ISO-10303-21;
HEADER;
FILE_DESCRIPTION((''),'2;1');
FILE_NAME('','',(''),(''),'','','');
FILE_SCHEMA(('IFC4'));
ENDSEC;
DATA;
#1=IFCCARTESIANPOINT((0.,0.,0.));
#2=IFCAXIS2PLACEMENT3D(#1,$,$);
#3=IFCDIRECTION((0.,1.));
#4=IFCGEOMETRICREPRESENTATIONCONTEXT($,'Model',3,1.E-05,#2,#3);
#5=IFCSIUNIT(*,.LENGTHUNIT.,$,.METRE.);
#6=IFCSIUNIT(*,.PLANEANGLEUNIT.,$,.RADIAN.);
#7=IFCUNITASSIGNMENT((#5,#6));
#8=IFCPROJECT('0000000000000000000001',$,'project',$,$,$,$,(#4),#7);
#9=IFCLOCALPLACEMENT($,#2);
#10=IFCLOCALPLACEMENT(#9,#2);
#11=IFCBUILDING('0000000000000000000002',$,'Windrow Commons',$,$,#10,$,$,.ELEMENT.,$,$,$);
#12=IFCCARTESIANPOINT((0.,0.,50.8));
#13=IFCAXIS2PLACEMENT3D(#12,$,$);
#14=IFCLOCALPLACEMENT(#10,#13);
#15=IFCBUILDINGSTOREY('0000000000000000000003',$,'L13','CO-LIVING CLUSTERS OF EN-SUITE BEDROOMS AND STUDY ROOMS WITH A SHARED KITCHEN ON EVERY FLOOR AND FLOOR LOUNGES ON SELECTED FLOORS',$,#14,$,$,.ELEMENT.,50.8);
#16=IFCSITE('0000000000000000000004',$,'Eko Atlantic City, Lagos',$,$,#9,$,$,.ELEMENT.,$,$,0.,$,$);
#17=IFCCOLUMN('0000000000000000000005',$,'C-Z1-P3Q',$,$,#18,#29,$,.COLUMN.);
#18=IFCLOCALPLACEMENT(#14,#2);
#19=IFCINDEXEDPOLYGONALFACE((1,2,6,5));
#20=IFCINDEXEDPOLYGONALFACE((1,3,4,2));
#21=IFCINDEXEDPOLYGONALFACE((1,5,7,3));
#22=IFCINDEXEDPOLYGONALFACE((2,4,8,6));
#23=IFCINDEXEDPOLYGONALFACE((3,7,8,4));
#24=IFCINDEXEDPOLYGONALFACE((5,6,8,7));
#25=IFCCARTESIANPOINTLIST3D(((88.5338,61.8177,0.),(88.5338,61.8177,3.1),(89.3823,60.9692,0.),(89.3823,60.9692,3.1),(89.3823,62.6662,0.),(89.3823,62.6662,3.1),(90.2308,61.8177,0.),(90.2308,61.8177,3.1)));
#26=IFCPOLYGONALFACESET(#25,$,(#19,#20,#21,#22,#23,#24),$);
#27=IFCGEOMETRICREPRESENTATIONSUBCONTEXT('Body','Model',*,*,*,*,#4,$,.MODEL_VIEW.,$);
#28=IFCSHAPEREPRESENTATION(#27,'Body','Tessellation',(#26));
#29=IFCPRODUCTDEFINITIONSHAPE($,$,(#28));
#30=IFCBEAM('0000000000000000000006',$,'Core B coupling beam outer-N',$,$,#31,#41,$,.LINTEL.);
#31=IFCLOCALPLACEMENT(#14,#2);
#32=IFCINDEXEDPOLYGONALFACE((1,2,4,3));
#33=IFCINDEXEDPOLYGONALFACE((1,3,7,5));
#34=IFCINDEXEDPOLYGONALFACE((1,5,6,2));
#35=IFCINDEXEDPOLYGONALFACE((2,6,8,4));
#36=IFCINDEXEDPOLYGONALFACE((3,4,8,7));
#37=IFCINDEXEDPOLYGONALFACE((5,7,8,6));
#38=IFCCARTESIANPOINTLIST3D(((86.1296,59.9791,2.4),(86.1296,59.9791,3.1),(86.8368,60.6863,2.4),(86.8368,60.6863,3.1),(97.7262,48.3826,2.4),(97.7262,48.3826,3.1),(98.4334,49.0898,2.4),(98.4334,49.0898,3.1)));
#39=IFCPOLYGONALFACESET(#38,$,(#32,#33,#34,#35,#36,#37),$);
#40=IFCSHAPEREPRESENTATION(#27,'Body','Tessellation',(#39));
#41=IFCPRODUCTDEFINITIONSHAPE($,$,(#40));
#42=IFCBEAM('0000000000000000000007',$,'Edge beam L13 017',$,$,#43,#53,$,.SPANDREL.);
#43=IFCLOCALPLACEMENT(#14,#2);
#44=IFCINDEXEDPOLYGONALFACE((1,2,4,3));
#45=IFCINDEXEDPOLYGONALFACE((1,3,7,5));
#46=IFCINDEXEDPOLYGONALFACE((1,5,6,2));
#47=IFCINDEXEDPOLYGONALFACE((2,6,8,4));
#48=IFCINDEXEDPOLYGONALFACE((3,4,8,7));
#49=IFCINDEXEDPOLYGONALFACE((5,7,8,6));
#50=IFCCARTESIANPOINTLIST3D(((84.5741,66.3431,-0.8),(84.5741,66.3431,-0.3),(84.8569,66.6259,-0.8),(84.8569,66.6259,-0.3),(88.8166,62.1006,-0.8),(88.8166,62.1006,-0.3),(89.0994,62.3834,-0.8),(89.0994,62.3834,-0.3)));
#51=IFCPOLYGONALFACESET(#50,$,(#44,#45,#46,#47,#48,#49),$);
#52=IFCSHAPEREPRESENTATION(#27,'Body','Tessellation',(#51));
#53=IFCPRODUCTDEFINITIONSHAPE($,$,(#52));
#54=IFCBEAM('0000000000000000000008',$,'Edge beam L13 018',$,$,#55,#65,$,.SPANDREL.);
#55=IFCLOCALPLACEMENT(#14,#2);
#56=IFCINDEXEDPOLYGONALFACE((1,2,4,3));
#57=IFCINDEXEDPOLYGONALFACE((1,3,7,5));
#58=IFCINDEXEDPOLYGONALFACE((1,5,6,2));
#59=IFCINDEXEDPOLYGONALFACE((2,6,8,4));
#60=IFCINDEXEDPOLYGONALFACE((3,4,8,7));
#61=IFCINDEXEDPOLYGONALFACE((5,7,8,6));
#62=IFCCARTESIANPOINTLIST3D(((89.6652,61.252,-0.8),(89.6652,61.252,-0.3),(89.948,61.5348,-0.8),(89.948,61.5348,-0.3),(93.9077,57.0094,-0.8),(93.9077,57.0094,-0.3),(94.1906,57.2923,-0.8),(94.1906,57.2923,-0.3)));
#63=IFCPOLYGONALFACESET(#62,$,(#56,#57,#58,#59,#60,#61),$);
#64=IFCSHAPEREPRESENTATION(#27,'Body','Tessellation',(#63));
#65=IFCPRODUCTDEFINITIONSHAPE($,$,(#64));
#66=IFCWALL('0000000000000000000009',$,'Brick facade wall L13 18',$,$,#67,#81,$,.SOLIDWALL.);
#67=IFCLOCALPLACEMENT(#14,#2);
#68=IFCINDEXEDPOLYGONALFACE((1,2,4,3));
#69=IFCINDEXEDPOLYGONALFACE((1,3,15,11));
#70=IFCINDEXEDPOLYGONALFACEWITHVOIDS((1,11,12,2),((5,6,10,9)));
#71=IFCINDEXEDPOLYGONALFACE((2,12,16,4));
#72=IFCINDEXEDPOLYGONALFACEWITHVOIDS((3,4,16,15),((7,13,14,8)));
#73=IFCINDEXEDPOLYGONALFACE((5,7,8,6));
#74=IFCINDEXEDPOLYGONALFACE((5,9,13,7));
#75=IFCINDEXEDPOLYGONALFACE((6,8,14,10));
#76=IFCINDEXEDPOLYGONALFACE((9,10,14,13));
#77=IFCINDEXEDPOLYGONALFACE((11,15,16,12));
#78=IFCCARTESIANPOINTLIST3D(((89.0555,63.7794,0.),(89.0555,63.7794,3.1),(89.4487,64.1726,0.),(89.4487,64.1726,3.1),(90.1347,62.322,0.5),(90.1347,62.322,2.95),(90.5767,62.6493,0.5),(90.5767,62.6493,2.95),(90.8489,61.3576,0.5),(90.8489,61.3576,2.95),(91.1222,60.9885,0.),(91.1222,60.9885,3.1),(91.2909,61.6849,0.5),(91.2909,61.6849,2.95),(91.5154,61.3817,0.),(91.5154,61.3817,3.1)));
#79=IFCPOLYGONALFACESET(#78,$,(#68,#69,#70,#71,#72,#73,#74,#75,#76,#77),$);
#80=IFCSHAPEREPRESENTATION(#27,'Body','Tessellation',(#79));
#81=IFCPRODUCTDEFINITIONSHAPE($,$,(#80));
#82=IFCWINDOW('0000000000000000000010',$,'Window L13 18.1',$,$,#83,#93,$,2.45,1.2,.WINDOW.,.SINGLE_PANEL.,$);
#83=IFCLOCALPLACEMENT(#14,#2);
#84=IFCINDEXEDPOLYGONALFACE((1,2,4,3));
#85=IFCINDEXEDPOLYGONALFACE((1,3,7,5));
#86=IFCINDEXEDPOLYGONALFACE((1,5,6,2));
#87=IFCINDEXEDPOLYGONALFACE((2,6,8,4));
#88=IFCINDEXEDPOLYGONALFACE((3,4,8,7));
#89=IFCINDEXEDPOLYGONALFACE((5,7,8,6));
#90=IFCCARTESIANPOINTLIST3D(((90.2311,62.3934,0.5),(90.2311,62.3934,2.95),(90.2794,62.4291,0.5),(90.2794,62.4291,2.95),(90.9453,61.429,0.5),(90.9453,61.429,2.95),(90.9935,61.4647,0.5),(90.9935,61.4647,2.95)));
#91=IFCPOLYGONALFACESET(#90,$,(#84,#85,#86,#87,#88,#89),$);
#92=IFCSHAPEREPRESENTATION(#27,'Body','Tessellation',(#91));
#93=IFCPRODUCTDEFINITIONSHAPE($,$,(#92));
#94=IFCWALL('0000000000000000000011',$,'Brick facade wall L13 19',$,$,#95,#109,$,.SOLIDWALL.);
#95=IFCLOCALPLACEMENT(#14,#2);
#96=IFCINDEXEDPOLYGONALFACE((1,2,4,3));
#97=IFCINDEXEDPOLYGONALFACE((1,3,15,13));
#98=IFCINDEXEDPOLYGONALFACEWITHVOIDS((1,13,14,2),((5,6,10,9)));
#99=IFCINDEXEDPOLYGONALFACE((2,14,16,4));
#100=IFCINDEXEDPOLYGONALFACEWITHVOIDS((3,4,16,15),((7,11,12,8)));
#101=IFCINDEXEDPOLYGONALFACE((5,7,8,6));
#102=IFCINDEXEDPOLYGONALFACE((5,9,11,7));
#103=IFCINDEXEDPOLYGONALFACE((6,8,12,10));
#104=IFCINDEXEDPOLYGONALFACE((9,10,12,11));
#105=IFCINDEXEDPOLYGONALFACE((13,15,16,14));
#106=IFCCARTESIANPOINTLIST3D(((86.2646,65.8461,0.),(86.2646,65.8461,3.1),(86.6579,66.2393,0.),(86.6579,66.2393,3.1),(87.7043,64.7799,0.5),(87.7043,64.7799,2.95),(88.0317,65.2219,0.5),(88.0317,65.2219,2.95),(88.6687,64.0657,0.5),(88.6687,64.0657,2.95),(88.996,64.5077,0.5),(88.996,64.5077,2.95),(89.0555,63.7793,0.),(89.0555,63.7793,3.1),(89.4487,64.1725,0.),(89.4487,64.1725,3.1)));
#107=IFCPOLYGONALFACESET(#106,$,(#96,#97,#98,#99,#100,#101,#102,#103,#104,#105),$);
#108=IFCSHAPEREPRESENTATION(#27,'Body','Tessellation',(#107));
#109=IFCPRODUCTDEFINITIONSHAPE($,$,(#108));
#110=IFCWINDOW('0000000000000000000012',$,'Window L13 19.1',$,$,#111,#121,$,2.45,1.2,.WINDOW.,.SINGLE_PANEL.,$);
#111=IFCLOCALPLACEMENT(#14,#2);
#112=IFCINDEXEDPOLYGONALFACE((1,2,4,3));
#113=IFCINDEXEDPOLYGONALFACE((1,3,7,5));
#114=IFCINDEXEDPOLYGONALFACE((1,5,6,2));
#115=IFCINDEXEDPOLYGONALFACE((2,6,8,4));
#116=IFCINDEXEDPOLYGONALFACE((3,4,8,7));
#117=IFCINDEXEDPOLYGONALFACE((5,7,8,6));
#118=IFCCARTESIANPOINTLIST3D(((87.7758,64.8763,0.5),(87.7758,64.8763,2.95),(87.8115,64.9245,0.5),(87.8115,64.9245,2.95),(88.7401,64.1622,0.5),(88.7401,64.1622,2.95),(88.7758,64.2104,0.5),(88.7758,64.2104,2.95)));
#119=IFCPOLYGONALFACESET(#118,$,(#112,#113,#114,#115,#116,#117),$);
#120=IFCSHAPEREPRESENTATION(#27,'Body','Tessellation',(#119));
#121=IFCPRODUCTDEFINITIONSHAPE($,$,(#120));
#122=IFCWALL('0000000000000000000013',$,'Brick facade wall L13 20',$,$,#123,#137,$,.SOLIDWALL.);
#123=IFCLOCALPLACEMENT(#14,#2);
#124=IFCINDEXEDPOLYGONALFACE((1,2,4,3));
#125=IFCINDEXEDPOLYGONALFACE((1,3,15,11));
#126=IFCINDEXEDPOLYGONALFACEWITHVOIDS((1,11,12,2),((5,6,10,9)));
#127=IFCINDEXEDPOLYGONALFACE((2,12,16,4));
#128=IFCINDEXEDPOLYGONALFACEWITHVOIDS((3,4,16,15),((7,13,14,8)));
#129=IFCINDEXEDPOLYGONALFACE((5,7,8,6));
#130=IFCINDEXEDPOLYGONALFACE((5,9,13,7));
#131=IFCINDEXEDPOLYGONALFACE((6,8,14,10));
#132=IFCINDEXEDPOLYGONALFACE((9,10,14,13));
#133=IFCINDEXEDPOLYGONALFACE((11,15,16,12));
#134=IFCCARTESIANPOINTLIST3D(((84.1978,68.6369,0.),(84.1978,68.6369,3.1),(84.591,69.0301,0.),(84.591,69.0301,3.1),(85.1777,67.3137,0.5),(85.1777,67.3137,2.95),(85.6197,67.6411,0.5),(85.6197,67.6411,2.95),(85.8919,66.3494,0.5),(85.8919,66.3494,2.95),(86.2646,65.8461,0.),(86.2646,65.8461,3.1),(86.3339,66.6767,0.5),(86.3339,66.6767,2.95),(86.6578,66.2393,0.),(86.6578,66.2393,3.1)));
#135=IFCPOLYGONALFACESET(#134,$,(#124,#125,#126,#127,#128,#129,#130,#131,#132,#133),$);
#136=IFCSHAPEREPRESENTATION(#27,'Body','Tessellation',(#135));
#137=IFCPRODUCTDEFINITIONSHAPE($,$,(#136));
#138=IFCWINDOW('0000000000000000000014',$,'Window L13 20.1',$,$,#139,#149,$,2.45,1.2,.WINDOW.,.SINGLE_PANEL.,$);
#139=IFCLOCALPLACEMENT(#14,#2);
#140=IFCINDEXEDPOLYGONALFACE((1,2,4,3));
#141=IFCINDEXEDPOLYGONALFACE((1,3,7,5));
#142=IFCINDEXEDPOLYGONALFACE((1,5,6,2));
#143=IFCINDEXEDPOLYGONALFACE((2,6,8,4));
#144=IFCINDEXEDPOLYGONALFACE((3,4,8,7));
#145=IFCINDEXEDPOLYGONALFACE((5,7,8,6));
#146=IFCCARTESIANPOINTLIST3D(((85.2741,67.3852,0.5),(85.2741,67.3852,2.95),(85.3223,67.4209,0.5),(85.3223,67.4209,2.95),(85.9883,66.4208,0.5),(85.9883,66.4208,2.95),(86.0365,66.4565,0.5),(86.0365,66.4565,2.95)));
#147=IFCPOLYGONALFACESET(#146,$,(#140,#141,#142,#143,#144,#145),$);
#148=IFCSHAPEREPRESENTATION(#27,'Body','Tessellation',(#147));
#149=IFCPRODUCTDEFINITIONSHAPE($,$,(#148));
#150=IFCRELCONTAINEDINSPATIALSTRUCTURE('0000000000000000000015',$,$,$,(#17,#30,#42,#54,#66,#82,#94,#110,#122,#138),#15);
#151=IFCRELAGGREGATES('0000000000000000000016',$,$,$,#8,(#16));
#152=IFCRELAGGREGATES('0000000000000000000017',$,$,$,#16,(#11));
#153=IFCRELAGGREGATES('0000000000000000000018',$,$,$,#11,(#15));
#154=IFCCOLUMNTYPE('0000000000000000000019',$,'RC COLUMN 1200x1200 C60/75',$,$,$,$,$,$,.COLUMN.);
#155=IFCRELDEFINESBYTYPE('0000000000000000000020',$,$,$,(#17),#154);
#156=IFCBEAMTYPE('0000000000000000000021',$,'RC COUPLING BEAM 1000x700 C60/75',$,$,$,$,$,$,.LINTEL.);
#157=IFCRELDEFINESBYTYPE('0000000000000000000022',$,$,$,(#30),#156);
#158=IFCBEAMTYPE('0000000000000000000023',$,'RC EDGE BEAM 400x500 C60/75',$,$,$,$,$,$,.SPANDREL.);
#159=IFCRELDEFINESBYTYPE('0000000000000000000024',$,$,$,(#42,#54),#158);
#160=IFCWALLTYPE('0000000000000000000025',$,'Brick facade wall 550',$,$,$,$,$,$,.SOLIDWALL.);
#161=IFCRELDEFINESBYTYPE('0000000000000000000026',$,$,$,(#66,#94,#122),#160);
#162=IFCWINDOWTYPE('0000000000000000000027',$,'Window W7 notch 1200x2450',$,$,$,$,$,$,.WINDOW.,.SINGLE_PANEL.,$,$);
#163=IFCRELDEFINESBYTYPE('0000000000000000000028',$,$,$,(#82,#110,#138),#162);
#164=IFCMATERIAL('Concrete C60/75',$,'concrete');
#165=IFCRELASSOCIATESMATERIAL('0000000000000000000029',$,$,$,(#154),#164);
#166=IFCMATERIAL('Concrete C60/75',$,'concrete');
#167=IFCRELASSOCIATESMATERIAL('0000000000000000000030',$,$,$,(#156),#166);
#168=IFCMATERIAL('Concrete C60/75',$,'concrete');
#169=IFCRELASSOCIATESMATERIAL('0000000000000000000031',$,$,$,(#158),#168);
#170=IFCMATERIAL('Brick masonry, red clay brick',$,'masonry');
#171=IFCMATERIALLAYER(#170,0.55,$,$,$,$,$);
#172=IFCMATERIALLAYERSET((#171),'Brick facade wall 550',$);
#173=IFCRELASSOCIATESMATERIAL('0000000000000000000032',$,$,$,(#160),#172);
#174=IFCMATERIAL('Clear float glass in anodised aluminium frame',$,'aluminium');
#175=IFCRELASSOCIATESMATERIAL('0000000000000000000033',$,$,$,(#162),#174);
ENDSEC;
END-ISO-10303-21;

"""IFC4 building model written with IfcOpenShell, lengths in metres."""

from ifc_helpers import new_model, si_unit, direction, frame, frame_2d, origin, origin_2d, place, context, subcontext, project, spatial, polyline, rectangle, outline, extrude, material, layer, layer_set, material_profile, profile_set, type_object, element, fill, save


model = new_model("IFC4")

# Units and contexts
model_context = context("Model", 3, precision=1e-05, world=origin(), true_north=direction((0.0, 1.0)))
body_context = subcontext(model_context, "Body", "Model", "MODEL_VIEW")
ifc_project = project(units=[si_unit("LENGTHUNIT", "METRE"), si_unit("PLANEANGLEUNIT", "RADIAN")], contexts=[model_context])

# Site, building, storey
site_placement = place(None, origin())
site = spatial("IfcSite", under=ifc_project, at=site_placement, Name="Eko Atlantic City, Lagos", CompositionType="ELEMENT", RefElevation=0.0)
building_placement = place(site_placement, origin())
building = spatial("IfcBuilding", under=site, at=building_placement, Name="Windrow Commons", CompositionType="ELEMENT")
storey_placement = place(building_placement, frame((0.0, 0.0, 50.8)))
storey = spatial("IfcBuildingStorey", under=building, at=storey_placement, Name="L13", Description="CO-LIVING CLUSTERS OF EN-SUITE BEDROOMS AND STUDY ROOMS WITH A SHARED KITCHEN ON EVERY FLOOR AND FLOOR LOUNGES ON SELECTED FLOORS", CompositionType="ELEMENT", Elevation=50.8)

# Column
ifc_material_1 = material(Name="Concrete C60/75", Category="concrete")
ifc_material_profile_1 = material_profile(ifc_material_1, rectangle(XDim=1.2, YDim=1.2, at=origin_2d()))
ifc_profile_set_1 = profile_set([ifc_material_profile_1], Name="Concrete C60/75")
column_type = type_object("IfcColumnType", Name="RC COLUMN 1200x1200 C60/75", PredefinedType="COLUMN", material=ifc_profile_set_1)
column_placement = place(storey_placement, frame((89.3823, 61.8177, 0.0), z_axis=(0.0, 0.0, 1.0), x_axis=(0.707107, -0.707107, 0.0)))
element("IfcColumn", 1, at=column_placement, inside=storey, type_object=column_type, Name="C-Z1-P3Q", PredefinedType="COLUMN", context=body_context, shape_type="SweptSolid", body=[
    extrude(rectangle(XDim=1.2, YDim=1.2, at=origin_2d()), origin(), (0.0, 0.0, 1.0), 3.1),
])

# Beams
ifc_material_2 = material(Name="Concrete C60/75", Category="concrete")
ifc_material_profile_2 = material_profile(ifc_material_2, rectangle(XDim=1.0, YDim=0.7, at=origin_2d()))
ifc_profile_set_2 = profile_set([ifc_material_profile_2], Name="Concrete C60/75")
beam_type_1 = type_object("IfcBeamType", Name="RC COUPLING BEAM 1000x700 C60/75", PredefinedType="LINTEL", material=ifc_profile_set_2)
beam_1_placement = place(storey_placement, frame((86.4832, 60.3327, 2.75), z_axis=(0.70711, -0.707104, 0.0), x_axis=(0.707104, 0.70711, 0.0)))
element("IfcBeam", 2, at=beam_1_placement, inside=storey, type_object=beam_type_1, Name="Core B coupling beam outer-N", PredefinedType="LINTEL", context=body_context, shape_type="SweptSolid", body=[
    extrude(rectangle(XDim=1.0, YDim=0.7, at=origin_2d()), origin(), (0.0, 0.0, 1.0), 16.4),
])
ifc_material_3 = material(Name="Concrete C60/75", Category="concrete")
ifc_material_profile_3 = material_profile(ifc_material_3, rectangle(XDim=0.4, YDim=0.5, at=origin_2d()))
ifc_profile_set_3 = profile_set([ifc_material_profile_3], Name="Concrete C60/75")
beam_type_2 = type_object("IfcBeamType", Name="RC EDGE BEAM 400x500 C60/75", PredefinedType="SPANDREL", material=ifc_profile_set_3)
beam_2_placement = place(storey_placement, frame((84.7155, 66.4845, -0.55), z_axis=(0.707107, -0.707107, 0.0), x_axis=(0.707107, 0.707107, 0.0)))
element("IfcBeam", 3, at=beam_2_placement, inside=storey, type_object=beam_type_2, Name="Edge beam L13 017", PredefinedType="SPANDREL", context=body_context, shape_type="SweptSolid", body=[
    extrude(rectangle(XDim=0.4, YDim=0.5, at=origin_2d()), origin(), (0.0, 0.0, 1.0), 5.9998),
])
beam_3_placement = place(storey_placement, frame((89.8066, 61.3934, -0.55), z_axis=(0.707107, -0.707107, 0.0), x_axis=(0.707107, 0.707107, 0.0)))
element("IfcBeam", 4, at=beam_3_placement, inside=storey, type_object=beam_type_2, Name="Edge beam L13 018", PredefinedType="SPANDREL", context=body_context, shape_type="SweptSolid", body=[
    extrude(rectangle(XDim=0.4, YDim=0.5, at=origin_2d()), origin(), (0.0, 0.0, 1.0), 5.9999),
])

# Walls, openings, windows
ifc_material_4 = material(Name="Brick masonry, red clay brick", Category="masonry")
ifc_layer_1 = layer(ifc_material_4, 0.55)
ifc_layer_set_1 = layer_set([ifc_layer_1], Name="Brick facade wall 550")
wall_type_1 = type_object("IfcWallType", Name="Brick facade wall 550", PredefinedType="SOLIDWALL", material=ifc_layer_set_1)
wall_1_placement = place(storey_placement, frame((91.3188, 61.1851, 0.0), z_axis=(0.0, 0.0, 1.0), x_axis=(-0.595124, 0.803634, 0.0)))
wall_1 = element("IfcWall", 5, at=wall_1_placement, inside=storey, type_object=wall_type_1, Name="Brick facade wall L13 18", PredefinedType="SOLIDWALL", context=body_context, shape_type="SweptSolid", body=[
    extrude(outline(polyline([(0.041, -0.275), (3.5138, -0.275), (3.4318, 0.275), (-0.041, 0.275), (0.041, -0.275)])), origin(), (0.0, 0.0, 1.0), 3.1),
])
opening_1_placement = place(wall_1_placement, frame((0.4183, 0.0, 0.5)))
opening_1 = element("IfcOpeningElement", 6, at=opening_1_placement, cuts=wall_1, PredefinedType="OPENING", context=body_context, shape_type="SweptSolid", body=[
    extrude(rectangle(XDim=1.2, YDim=2.45, at=frame_2d((0.6, 1.225))), frame((0.0, 0.285, 0.0), z_axis=(0.0, -1.0, 0.0), x_axis=(1.0, 0.0, 0.0)), (0.0, 0.0, 1.0), 0.57),
])
ifc_material_5 = material(Name="Clear float glass in anodised aluminium frame", Category="aluminium")
window_type = type_object("IfcWindowType", Name="Window W7 notch 1200x2450", PartitioningType="SINGLE_PANEL", PredefinedType="WINDOW", material=ifc_material_5)
window_1_placement = place(opening_1_placement, origin())
window_1 = element("IfcWindow", 7, at=window_1_placement, inside=storey, type_object=window_type, Name="Window L13 18.1", OverallHeight=2.45, OverallWidth=1.2, PartitioningType="SINGLE_PANEL", PredefinedType="WINDOW", context=body_context, shape_type="SweptSolid", body=[
    extrude(rectangle(XDim=1.2, YDim=2.45, at=frame_2d((0.6, 1.225))), frame((0.0, 0.155, 0.0), z_axis=(0.0, -1.0, 0.0), x_axis=(1.0, 0.0, 0.0)), (0.0, 0.0, 1.0), 0.06),
])
fill(opening_1, window_1)
wall_2_placement = place(storey_placement, frame((89.2521, 63.9759, 0.0), z_axis=(0.0, 0.0, 1.0), x_axis=(-0.803631, 0.595128, 0.0)))
wall_2 = element("IfcWall", 8, at=wall_2_placement, inside=storey, type_object=wall_type_1, Name="Brick facade wall L13 19", PredefinedType="SOLIDWALL", context=body_context, shape_type="SweptSolid", body=[
    extrude(outline(polyline([(-0.041, -0.275), (3.4318, -0.275), (3.5138, 0.275), (0.041, 0.275), (-0.041, -0.275)])), origin(), (0.0, 0.0, 1.0), 3.1),
])
opening_2_placement = place(wall_2_placement, frame((0.5223, 0.0, 0.5)))
opening_2 = element("IfcOpeningElement", 9, at=opening_2_placement, cuts=wall_2, PredefinedType="OPENING", context=body_context, shape_type="SweptSolid", body=[
    extrude(rectangle(XDim=1.2, YDim=2.45, at=frame_2d((0.6, 1.225))), frame((0.0, 0.285, 0.0), z_axis=(0.0, -1.0, 0.0), x_axis=(1.0, 0.0, 0.0)), (0.0, 0.0, 1.0), 0.57),
])
window_2_placement = place(opening_2_placement, origin())
window_2 = element("IfcWindow", 10, at=window_2_placement, inside=storey, type_object=window_type, Name="Window L13 19.1", OverallHeight=2.45, OverallWidth=1.2, PartitioningType="SINGLE_PANEL", PredefinedType="WINDOW", context=body_context, shape_type="SweptSolid", body=[
    extrude(rectangle(XDim=1.2, YDim=2.45, at=frame_2d((0.6, 1.225))), frame((0.0, 0.155, 0.0), z_axis=(0.0, -1.0, 0.0), x_axis=(1.0, 0.0, 0.0)), (0.0, 0.0, 1.0), 0.06),
])
fill(opening_2, window_2)
wall_3_placement = place(storey_placement, frame((86.4612, 66.0427, 0.0), z_axis=(0.0, 0.0, 1.0), x_axis=(-0.595142, 0.80362, 0.0)))
wall_3 = element("IfcWall", 11, at=wall_3_placement, inside=storey, type_object=wall_type_1, Name="Brick facade wall L13 20", PredefinedType="SOLIDWALL", context=body_context, shape_type="SweptSolid", body=[
    extrude(outline(polyline([(0.041, -0.275), (3.5138, -0.275), (3.4318, 0.275), (-0.041, 0.275), (0.041, -0.275)])), origin(), (0.0, 0.0, 1.0), 3.1),
])
opening_3_placement = place(wall_3_placement, frame((0.5853, 0.0, 0.5)))
opening_3 = element("IfcOpeningElement", 12, at=opening_3_placement, cuts=wall_3, PredefinedType="OPENING", context=body_context, shape_type="SweptSolid", body=[
    extrude(rectangle(XDim=1.2, YDim=2.45, at=frame_2d((0.6, 1.225))), frame((0.0, 0.285, 0.0), z_axis=(0.0, -1.0, 0.0), x_axis=(1.0, 0.0, 0.0)), (0.0, 0.0, 1.0), 0.57),
])
window_3_placement = place(opening_3_placement, origin())
window_3 = element("IfcWindow", 13, at=window_3_placement, inside=storey, type_object=window_type, Name="Window L13 20.1", OverallHeight=2.45, OverallWidth=1.2, PartitioningType="SINGLE_PANEL", PredefinedType="WINDOW", context=body_context, shape_type="SweptSolid", body=[
    extrude(rectangle(XDim=1.2, YDim=2.45, at=frame_2d((0.6, 1.225))), frame((0.0, 0.155, 0.0), z_axis=(0.0, -1.0, 0.0), x_axis=(1.0, 0.0, 0.0)), (0.0, 0.0, 1.0), 0.06),
])
fill(opening_3, window_3)

save(model, "model.ifc")
